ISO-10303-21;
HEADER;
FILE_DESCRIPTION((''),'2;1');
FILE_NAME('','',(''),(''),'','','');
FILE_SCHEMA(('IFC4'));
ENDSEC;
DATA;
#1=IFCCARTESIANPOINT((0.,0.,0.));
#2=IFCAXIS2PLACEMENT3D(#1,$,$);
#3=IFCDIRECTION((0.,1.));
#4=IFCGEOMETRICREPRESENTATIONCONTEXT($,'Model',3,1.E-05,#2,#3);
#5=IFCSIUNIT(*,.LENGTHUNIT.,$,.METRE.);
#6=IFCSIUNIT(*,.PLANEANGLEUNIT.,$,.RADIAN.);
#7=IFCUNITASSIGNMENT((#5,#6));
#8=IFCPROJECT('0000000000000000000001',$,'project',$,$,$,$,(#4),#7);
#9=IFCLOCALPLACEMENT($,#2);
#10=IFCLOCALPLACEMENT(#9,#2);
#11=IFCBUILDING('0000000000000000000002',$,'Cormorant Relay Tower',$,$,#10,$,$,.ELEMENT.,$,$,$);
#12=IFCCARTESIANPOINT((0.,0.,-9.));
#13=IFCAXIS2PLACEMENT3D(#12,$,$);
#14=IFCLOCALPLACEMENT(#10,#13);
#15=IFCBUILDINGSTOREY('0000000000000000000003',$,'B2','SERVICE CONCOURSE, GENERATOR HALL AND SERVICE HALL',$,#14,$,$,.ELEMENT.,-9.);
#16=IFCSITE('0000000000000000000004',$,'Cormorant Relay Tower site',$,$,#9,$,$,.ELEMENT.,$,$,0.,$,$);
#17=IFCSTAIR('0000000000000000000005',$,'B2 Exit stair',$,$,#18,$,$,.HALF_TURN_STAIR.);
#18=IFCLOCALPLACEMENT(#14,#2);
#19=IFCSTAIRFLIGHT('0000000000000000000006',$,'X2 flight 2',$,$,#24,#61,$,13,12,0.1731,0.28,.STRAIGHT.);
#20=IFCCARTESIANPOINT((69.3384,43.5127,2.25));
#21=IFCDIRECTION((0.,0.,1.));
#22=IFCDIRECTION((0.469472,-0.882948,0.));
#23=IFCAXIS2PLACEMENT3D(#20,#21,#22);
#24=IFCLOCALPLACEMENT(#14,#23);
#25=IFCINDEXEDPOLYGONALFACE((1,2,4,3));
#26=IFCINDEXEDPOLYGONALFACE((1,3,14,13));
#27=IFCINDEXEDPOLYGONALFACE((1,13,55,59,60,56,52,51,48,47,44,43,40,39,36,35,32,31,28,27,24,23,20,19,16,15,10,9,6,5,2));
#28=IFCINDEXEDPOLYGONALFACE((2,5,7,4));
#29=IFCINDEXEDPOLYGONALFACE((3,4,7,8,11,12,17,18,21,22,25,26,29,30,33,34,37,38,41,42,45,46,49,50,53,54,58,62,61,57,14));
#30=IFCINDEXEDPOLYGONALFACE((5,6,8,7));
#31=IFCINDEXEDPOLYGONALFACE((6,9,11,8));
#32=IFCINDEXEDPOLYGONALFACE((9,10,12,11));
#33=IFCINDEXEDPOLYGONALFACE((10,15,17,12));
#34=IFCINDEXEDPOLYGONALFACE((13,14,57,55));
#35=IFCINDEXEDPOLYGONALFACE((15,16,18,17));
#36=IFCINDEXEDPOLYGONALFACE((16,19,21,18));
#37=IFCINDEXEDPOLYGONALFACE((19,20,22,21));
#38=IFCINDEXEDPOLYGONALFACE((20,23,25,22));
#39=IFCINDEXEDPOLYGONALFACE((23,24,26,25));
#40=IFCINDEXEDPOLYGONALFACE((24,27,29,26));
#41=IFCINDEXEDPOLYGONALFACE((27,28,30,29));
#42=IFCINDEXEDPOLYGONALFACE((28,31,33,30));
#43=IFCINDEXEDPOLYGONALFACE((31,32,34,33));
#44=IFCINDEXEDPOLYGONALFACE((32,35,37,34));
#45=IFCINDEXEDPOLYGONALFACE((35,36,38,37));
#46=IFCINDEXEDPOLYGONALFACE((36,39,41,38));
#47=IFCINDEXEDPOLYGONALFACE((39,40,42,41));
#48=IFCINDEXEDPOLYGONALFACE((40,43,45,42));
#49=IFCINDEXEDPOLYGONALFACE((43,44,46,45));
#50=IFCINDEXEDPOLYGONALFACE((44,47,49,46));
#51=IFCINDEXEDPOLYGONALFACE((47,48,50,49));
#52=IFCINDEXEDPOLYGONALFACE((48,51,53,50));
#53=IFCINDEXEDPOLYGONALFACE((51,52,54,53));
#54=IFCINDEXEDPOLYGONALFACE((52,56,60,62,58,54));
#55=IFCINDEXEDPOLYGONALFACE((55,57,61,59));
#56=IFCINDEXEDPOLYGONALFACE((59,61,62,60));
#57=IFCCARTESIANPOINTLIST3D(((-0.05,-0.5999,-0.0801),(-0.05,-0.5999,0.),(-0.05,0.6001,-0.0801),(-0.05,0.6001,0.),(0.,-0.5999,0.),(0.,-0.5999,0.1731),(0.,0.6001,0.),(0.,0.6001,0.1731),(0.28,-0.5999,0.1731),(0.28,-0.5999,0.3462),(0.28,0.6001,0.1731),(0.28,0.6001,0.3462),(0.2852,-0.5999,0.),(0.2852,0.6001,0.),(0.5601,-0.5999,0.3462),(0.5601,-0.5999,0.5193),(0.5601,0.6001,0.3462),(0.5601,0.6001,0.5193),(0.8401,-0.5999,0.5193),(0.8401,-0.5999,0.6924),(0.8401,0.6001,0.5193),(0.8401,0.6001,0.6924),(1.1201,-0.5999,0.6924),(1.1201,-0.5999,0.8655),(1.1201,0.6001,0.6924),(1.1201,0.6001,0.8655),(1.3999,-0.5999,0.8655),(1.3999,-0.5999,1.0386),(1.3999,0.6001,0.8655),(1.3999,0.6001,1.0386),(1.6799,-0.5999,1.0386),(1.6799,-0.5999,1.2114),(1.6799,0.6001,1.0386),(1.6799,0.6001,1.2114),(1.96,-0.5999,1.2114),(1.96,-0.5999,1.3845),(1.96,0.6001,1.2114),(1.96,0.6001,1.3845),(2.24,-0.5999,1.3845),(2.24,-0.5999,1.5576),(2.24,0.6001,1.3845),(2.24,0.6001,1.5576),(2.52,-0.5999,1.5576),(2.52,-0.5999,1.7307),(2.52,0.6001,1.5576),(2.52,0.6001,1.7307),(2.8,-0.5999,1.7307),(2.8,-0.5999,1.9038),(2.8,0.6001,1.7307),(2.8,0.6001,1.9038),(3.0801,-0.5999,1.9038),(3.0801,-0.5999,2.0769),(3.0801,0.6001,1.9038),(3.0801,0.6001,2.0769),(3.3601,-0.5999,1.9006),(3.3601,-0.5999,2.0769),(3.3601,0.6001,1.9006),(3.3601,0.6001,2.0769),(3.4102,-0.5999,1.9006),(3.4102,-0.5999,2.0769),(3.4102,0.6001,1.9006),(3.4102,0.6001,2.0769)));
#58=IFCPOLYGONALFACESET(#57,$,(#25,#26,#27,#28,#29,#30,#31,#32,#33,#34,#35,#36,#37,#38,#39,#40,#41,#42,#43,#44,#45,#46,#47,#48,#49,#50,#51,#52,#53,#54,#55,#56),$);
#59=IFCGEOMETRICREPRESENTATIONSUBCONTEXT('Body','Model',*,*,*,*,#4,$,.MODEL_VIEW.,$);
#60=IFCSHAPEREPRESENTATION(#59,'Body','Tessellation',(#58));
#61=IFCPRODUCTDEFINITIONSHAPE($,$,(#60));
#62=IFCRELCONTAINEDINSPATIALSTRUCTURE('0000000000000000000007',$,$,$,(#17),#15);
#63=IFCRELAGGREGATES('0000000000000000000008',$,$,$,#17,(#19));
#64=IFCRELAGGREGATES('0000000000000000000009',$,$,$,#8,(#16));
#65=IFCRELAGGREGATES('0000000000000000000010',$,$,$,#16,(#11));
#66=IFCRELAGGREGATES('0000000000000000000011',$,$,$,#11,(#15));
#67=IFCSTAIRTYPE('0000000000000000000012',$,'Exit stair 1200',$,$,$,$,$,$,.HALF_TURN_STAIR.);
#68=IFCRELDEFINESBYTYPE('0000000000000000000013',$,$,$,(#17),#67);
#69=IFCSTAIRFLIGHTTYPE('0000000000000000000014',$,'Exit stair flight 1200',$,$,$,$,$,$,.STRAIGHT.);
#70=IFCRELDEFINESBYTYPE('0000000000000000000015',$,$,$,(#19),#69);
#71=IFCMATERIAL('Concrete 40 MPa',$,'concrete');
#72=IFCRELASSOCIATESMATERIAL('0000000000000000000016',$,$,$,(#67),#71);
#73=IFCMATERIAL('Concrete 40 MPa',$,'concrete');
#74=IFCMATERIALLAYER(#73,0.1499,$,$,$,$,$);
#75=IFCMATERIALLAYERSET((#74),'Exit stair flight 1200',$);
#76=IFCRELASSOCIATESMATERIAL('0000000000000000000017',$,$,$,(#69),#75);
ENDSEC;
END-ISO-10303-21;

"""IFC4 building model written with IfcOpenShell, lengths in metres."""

from ifc_helpers import new_model, si_unit, direction, frame, origin, place, context, subcontext, project, spatial, polyline, outline, extrude, material, layer, layer_set, type_object, element, aggregate, save


model = new_model("IFC4")

# Units and contexts
model_context = context("Model", 3, precision=1e-05, world=origin(), true_north=direction((0.0, 1.0)))
body_context = subcontext(model_context, "Body", "Model", "MODEL_VIEW")
ifc_project = project(units=[si_unit("LENGTHUNIT", "METRE"), si_unit("PLANEANGLEUNIT", "RADIAN")], contexts=[model_context])

# Site, building, storey
site_placement = place(None, origin())
site = spatial("IfcSite", under=ifc_project, at=site_placement, Name="Cormorant Relay Tower site", CompositionType="ELEMENT", RefElevation=0.0)
building_placement = place(site_placement, origin())
building = spatial("IfcBuilding", under=site, at=building_placement, Name="Cormorant Relay Tower", CompositionType="ELEMENT")
storey_placement = place(building_placement, frame((0.0, 0.0, -9.0)))
storey = spatial("IfcBuildingStorey", under=building, at=storey_placement, Name="B2", Description="SERVICE CONCOURSE, GENERATOR HALL AND SERVICE HALL", CompositionType="ELEMENT", Elevation=-9.0)

# Stair, stair flight
ifc_material_1 = material(Name="Concrete 40 MPa", Category="concrete")
stair_type = type_object("IfcStairType", Name="Exit stair 1200", PredefinedType="HALF_TURN_STAIR", material=ifc_material_1)
stair_placement = place(storey_placement, origin())
stair = element("IfcStair", 1, at=stair_placement, inside=storey, type_object=stair_type, Name="B2 Exit stair", PredefinedType="HALF_TURN_STAIR")
ifc_material_2 = material(Name="Concrete 40 MPa", Category="concrete")
ifc_layer_1 = layer(ifc_material_2, 0.1499)
ifc_layer_set_1 = layer_set([ifc_layer_1], Name="Exit stair flight 1200")
stair_flight_type = type_object("IfcStairFlightType", Name="Exit stair flight 1200", PredefinedType="STRAIGHT", material=ifc_layer_set_1)
stair_flight_1_placement = place(storey_placement, frame((69.3384, 43.5127, 2.25), z_axis=(0.0, 0.0, 1.0), x_axis=(0.469472, -0.882948, 0.0)))
stair_flight_1 = element("IfcStairFlight", 2, at=stair_flight_1_placement, type_object=stair_flight_type, Name="X2 flight 2", NumberOfRisers=13, NumberOfTreads=12, PredefinedType="STRAIGHT", RiserHeight=0.1731, TreadLength=0.28, context=body_context, shape_type="SweptSolid", body=[
    extrude(outline(polyline([(-0.05, -0.0801), (-0.05, 0.0), (0.0, 0.0), (0.0, 0.1731), (0.28, 0.1731), (0.28, 0.3462), (0.5601, 0.3462), (0.5601, 0.5193), (0.8401, 0.5193), (0.8401, 0.6924), (1.1201, 0.6924), (1.1201, 0.8655), (1.3999, 0.8655), (1.3999, 1.0386), (1.6799, 1.0386), (1.6799, 1.2114), (1.96, 1.2114), (1.96, 1.3845), (2.24, 1.3845), (2.24, 1.5576), (2.52, 1.5576), (2.52, 1.7307), (2.8, 1.7307), (2.8, 1.9038), (3.0801, 1.9038), (3.0801, 2.0769), (3.3601, 2.0769), (3.4102, 2.0769), (3.4102, 1.9006), (3.3601, 1.9006), (0.2852, 0.0), (-0.05, -0.0801)])), frame((0.0, 0.6001, 0.0), z_axis=(0.0, -1.0, 0.0), x_axis=(1.0, 0.0, 0.0)), (0.0, 0.0, 1.0), 1.2),
])
aggregate(stair, [stair_flight_1])

save(model, "model.ifc")
